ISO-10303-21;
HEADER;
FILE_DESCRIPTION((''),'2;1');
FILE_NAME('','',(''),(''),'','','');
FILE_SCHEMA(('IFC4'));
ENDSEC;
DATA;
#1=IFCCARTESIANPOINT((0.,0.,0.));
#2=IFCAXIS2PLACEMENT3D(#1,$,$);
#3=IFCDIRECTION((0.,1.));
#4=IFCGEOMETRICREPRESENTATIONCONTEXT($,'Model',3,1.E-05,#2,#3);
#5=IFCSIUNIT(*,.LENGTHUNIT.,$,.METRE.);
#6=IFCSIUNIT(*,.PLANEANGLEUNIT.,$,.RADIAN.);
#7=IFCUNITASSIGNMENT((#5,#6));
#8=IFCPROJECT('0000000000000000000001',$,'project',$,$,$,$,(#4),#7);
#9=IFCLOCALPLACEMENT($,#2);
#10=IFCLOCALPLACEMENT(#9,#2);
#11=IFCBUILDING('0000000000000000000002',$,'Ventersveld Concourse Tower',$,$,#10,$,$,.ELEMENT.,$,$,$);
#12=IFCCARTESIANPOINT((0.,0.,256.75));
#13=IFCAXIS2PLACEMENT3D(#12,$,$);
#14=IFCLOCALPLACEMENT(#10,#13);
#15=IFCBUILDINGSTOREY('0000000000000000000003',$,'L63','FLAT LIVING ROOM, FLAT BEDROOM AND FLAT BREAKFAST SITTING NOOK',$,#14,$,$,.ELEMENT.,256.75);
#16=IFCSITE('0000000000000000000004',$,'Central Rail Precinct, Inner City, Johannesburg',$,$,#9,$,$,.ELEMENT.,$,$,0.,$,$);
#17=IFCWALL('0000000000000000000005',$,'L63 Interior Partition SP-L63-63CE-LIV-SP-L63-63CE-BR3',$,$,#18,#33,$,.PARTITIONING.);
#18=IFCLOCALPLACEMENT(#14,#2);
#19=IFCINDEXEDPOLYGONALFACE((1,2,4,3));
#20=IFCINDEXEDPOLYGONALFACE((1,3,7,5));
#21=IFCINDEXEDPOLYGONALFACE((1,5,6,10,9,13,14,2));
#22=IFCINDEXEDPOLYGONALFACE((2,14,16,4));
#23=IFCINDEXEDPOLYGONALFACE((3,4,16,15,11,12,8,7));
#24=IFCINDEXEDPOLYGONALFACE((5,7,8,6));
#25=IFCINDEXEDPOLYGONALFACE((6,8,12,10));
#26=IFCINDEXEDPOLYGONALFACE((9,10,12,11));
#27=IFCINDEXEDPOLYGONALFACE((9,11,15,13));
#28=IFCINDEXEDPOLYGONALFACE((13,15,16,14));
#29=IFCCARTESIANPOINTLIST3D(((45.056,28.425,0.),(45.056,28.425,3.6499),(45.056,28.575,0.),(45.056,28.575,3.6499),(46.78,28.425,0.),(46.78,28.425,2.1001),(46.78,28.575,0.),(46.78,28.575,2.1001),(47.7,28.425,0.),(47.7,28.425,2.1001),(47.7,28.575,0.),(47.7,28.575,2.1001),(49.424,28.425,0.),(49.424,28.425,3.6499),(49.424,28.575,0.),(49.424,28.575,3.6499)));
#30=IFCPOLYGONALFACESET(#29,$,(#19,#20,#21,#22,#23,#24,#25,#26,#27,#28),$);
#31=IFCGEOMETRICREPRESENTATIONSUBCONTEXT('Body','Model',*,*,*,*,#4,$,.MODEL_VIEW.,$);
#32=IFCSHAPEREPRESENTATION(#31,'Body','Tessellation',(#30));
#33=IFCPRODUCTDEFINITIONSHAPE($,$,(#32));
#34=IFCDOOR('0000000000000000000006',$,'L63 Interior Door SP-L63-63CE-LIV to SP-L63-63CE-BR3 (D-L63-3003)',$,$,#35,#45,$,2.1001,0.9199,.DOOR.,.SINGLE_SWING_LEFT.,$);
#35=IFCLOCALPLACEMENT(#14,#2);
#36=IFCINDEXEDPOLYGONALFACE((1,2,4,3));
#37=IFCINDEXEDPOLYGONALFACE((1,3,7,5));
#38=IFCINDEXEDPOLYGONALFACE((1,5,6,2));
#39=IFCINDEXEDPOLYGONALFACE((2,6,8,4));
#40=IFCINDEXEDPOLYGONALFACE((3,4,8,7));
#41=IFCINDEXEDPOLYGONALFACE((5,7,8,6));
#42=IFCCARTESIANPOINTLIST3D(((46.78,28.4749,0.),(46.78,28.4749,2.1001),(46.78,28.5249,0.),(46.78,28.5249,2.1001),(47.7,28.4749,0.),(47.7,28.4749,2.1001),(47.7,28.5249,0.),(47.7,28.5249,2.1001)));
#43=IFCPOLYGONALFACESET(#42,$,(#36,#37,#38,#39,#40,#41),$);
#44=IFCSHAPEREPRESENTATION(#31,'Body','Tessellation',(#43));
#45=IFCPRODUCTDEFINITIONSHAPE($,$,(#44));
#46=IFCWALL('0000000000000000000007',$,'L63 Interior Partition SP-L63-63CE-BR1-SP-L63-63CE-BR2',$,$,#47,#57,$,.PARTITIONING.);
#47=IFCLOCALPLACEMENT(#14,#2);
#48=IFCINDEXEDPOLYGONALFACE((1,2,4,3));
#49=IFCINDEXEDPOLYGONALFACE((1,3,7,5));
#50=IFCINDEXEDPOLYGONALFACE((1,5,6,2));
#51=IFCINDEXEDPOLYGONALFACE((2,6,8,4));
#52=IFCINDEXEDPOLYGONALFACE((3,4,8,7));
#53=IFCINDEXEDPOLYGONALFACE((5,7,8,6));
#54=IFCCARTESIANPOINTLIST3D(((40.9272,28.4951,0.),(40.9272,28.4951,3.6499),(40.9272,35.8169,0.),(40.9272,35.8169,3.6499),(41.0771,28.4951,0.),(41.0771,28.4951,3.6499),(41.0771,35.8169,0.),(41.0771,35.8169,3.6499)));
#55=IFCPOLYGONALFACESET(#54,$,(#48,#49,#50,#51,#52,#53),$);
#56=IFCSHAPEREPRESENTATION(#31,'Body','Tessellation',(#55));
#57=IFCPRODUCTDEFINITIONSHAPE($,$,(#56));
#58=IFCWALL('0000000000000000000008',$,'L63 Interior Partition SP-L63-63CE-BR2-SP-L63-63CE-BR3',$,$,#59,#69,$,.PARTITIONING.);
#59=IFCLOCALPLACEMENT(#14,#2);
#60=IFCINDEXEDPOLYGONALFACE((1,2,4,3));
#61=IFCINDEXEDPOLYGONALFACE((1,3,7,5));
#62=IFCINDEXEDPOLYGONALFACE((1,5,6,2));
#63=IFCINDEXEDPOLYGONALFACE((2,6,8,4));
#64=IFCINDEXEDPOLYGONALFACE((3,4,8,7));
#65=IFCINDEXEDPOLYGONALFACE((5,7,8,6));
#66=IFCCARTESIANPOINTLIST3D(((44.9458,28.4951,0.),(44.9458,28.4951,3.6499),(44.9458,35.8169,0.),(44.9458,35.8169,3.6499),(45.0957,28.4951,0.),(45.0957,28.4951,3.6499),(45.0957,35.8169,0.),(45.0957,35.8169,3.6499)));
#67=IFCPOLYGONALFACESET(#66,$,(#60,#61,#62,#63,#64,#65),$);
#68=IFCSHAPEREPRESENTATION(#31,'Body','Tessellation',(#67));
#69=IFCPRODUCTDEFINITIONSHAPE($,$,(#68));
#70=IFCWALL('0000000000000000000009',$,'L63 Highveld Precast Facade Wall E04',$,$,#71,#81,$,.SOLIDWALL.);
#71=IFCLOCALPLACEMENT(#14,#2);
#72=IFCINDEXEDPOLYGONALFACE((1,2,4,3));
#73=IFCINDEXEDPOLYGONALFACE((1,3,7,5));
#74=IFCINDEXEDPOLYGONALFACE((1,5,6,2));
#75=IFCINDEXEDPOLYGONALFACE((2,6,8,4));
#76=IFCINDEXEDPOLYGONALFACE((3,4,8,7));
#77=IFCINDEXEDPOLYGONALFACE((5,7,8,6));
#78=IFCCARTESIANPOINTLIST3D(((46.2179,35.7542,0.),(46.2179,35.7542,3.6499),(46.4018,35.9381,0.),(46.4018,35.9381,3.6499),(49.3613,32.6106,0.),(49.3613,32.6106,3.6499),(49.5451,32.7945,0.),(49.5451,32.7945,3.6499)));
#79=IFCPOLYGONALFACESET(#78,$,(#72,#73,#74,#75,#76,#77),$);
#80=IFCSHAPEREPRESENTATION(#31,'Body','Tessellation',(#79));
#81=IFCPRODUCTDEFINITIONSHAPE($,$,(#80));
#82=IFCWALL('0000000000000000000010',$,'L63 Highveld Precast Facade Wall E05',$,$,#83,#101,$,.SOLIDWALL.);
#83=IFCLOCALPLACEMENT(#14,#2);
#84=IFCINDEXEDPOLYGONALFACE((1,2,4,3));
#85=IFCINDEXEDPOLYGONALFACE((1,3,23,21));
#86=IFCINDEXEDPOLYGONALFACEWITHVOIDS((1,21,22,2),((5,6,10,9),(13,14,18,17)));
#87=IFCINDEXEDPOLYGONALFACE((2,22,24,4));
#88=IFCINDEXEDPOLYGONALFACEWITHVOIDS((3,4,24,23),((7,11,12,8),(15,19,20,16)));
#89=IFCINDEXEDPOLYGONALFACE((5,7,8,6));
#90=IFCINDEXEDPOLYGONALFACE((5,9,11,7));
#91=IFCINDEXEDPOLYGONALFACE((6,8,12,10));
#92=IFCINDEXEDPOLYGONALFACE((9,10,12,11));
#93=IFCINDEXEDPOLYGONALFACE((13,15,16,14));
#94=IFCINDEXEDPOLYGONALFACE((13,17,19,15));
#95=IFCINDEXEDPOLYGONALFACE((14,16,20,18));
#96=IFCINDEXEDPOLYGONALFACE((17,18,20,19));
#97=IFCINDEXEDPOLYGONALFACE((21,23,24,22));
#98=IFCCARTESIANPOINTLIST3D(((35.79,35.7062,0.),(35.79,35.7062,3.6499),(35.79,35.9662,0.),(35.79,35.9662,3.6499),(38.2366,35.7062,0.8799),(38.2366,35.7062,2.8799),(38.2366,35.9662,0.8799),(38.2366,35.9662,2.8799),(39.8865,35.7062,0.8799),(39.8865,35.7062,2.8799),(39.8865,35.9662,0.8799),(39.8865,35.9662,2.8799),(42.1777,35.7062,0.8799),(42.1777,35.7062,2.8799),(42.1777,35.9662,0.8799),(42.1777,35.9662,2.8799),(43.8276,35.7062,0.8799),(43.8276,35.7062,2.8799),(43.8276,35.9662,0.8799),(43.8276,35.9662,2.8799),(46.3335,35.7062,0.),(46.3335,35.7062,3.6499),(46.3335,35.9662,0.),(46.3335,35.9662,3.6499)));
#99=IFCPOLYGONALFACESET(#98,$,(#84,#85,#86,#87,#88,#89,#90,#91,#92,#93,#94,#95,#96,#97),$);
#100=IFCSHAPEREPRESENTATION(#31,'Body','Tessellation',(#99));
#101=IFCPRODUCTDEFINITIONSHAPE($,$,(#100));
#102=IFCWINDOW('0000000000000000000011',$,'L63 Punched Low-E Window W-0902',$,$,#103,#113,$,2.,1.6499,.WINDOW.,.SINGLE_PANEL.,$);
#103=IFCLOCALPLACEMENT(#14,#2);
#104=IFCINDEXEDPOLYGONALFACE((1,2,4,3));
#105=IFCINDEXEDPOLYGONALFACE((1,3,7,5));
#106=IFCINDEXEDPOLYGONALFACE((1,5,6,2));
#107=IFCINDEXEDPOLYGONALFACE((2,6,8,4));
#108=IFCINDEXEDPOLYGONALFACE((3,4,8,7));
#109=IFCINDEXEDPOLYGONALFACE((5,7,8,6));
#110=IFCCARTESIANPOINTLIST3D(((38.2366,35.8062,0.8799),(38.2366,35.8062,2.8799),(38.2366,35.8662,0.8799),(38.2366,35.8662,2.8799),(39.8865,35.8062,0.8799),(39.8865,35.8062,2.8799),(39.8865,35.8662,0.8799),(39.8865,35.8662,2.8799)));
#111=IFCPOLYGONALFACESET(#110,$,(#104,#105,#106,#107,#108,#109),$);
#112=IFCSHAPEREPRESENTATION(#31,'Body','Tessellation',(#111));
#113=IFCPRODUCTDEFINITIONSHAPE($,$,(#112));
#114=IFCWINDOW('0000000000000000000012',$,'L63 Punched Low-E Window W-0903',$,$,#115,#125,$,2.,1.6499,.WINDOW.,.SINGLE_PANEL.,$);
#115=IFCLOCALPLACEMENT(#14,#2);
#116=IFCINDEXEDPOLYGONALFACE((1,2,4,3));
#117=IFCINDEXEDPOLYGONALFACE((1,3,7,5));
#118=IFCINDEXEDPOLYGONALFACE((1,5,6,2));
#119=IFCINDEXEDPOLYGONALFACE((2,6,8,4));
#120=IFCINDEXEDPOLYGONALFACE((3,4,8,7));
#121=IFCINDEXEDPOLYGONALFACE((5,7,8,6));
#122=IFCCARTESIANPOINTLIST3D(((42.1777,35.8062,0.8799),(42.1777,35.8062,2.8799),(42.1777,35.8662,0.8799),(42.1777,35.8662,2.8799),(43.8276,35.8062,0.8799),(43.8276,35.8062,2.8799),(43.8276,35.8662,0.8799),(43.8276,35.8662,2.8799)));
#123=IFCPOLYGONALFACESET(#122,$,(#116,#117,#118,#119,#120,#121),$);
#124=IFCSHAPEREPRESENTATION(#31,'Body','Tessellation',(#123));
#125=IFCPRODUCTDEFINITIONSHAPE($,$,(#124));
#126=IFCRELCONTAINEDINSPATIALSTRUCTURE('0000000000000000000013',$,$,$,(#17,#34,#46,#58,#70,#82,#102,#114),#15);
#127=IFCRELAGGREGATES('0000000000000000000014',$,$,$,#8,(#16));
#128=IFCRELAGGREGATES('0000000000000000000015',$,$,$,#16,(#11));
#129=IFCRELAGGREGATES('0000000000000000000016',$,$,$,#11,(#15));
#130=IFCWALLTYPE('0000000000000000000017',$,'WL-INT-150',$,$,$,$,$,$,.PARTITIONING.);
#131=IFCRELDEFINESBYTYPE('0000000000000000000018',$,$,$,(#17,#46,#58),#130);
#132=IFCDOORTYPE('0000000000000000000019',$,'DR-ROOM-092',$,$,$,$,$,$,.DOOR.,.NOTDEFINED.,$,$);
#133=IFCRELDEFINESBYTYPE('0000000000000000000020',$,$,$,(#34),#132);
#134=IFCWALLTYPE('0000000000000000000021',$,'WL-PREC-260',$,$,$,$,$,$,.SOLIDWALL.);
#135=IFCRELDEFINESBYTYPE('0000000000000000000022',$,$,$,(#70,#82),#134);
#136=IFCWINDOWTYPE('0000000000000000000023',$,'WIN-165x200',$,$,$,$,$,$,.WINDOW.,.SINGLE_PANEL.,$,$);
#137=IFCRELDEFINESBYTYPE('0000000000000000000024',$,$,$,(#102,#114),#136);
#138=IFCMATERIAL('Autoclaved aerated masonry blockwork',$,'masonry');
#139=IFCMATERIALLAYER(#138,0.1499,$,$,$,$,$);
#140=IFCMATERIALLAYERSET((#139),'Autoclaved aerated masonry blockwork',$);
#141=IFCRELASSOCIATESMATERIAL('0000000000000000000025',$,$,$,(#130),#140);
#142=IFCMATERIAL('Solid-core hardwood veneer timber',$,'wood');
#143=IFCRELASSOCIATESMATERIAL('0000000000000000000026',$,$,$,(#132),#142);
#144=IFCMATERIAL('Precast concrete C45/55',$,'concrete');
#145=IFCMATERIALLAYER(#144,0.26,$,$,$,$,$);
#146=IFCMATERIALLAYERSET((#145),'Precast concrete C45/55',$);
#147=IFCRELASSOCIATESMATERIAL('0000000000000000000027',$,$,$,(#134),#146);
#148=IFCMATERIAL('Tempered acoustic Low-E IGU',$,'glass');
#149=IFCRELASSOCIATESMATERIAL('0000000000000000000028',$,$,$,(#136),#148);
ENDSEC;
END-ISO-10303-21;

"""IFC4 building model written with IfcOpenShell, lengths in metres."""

from ifc_helpers import new_model, si_unit, direction, frame, frame_2d, origin, place, context, subcontext, project, spatial, rectangle, extrude, material, layer, layer_set, type_object, element, fill, save


model = new_model("IFC4")

# Units and contexts
model_context = context("Model", 3, precision=1e-05, world=origin(), true_north=direction((0.0, 1.0)))
body_context = subcontext(model_context, "Body", "Model", "MODEL_VIEW")
ifc_project = project(units=[si_unit("LENGTHUNIT", "METRE"), si_unit("PLANEANGLEUNIT", "RADIAN")], contexts=[model_context])

# Site, building, storey
site_placement = place(None, origin())
site = spatial("IfcSite", under=ifc_project, at=site_placement, Name="Central Rail Precinct, Inner City, Johannesburg", CompositionType="ELEMENT", RefElevation=0.0)
building_placement = place(site_placement, origin())
building = spatial("IfcBuilding", under=site, at=building_placement, Name="Ventersveld Concourse Tower", CompositionType="ELEMENT")
storey_placement = place(building_placement, frame((0.0, 0.0, 256.75)))
storey = spatial("IfcBuildingStorey", under=building, at=storey_placement, Name="L63", Description="FLAT LIVING ROOM, FLAT BEDROOM AND FLAT BREAKFAST SITTING NOOK", CompositionType="ELEMENT", Elevation=256.75)

# Shared definitions
ifc_material_1 = material(Name="Autoclaved aerated masonry blockwork", Category="masonry")
ifc_layer_1 = layer(ifc_material_1, 0.1499)
ifc_layer_set_1 = layer_set([ifc_layer_1], Name="Autoclaved aerated masonry blockwork")
wall_type_1 = type_object("IfcWallType", Name="WL-INT-150", PredefinedType="PARTITIONING", material=ifc_layer_set_1)

# Wall, opening, door
ifc_material_2 = material(Name="Solid-core hardwood veneer timber", Category="wood")
door_type = type_object("IfcDoorType", Name="DR-ROOM-092", OperationType="NOTDEFINED", PredefinedType="DOOR", material=ifc_material_2)
wall_1_placement = place(storey_placement, frame((45.0559, 28.5, 0.0), z_axis=(0.0, 0.0, 1.0), x_axis=(1.0, 0.0, 0.0)))
wall_1 = element("IfcWall", 1, at=wall_1_placement, inside=storey, type_object=wall_type_1, Name="L63 Interior Partition SP-L63-63CE-LIV-SP-L63-63CE-BR3", PredefinedType="PARTITIONING", context=body_context, shape_type="SweptSolid", body=[
    extrude(rectangle(XDim=4.3679, YDim=0.1499, at=frame_2d((2.1841, 0.0))), origin(), (0.0, 0.0, 1.0), 3.6499),
])
opening_1_placement = place(wall_1_placement, frame((1.7241, 0.0, 0.0)))
opening_1 = element("IfcOpeningElement", 2, at=opening_1_placement, cuts=wall_1, PredefinedType="OPENING", context=body_context, shape_type="SweptSolid", body=[
    extrude(rectangle(XDim=0.9199, YDim=2.1001, at=frame_2d((0.46, 1.05))), frame((0.0, 0.085, 0.0), z_axis=(0.0, -1.0, 0.0), x_axis=(1.0, 0.0, 0.0)), (0.0, 0.0, 1.0), 0.1699),
])
door_1_placement = place(opening_1_placement, origin())
door_1 = element("IfcDoor", 3, at=door_1_placement, inside=storey, type_object=door_type, Name="L63 Interior Door SP-L63-63CE-LIV to SP-L63-63CE-BR3 (D-L63-3003)", OperationType="SINGLE_SWING_LEFT", OverallHeight=2.1001, OverallWidth=0.9199, PredefinedType="DOOR", context=body_context, shape_type="SweptSolid", body=[
    extrude(rectangle(XDim=0.9199, YDim=2.1001, at=frame_2d((0.46, 1.05))), frame((0.0, 0.0249, 0.0), z_axis=(0.0, -1.0, 0.0), x_axis=(1.0, 0.0, 0.0)), (0.0, 0.0, 1.0), 0.05),
])
fill(opening_1, door_1)

# Walls
for number, where, z_axis, x_axis, name in (
    (4, (41.0022, 28.4951, 0.0), (0.0, 0.0, 1.0), (0.0, 1.0, 0.0), "L63 Interior Partition SP-L63-63CE-BR1-SP-L63-63CE-BR2"),
    (5, (45.0208, 28.4951, 0.0), (0.0, 0.0, 1.0), (0.0, 1.0, 0.0), "L63 Interior Partition SP-L63-63CE-BR2-SP-L63-63CE-BR3"),
):
    element("IfcWall", number, at=place(storey_placement, frame(where, z_axis=z_axis, x_axis=x_axis)), inside=storey, type_object=wall_type_1, Name=name, PredefinedType="PARTITIONING", context=body_context, shape_type="SweptSolid", body=[
        extrude(rectangle(XDim=7.3218, YDim=0.1499, at=frame_2d((3.6609, 0.0))), origin(), (0.0, 0.0, 1.0), 3.6499),
    ])
ifc_material_3 = material(Name="Precast concrete C45/55", Category="concrete")
ifc_layer_2 = layer(ifc_material_3, 0.26)
ifc_layer_set_2 = layer_set([ifc_layer_2], Name="Precast concrete C45/55")
wall_type_2 = type_object("IfcWallType", Name="WL-PREC-260", PredefinedType="SOLIDWALL", material=ifc_layer_set_2)
wall_2_placement = place(storey_placement, frame((49.4531, 32.7026, 0.0), z_axis=(0.0, 0.0, 1.0), x_axis=(-0.707079, 0.707134, 0.0)))
element("IfcWall", 6, at=wall_2_placement, inside=storey, type_object=wall_type_2, Name="L63 Highveld Precast Facade Wall E04", PredefinedType="SOLIDWALL", context=body_context, shape_type="SweptSolid", body=[
    extrude(rectangle(XDim=4.4456, YDim=0.26, at=frame_2d((2.2227, 0.0))), origin(), (0.0, 0.0, 1.0), 3.6499),
])

# Wall, openings, windows
wall_3_placement = place(storey_placement, frame((46.3335, 35.8362, 0.0), z_axis=(0.0, 0.0, 1.0), x_axis=(-1.0, 0.0, 0.0)))
wall_3 = element("IfcWall", 7, at=wall_3_placement, inside=storey, type_object=wall_type_2, Name="L63 Highveld Precast Facade Wall E05", PredefinedType="SOLIDWALL", context=body_context, shape_type="SweptSolid", body=[
    extrude(rectangle(XDim=10.5435, YDim=0.26, at=frame_2d((5.2717, 0.0))), origin(), (0.0, 0.0, 1.0), 3.6499),
])
opening_2_placement = place(wall_3_placement, frame((6.447, 0.0, 0.8799)))
opening_2 = element("IfcOpeningElement", 8, at=opening_2_placement, cuts=wall_3, PredefinedType="OPENING", context=body_context, shape_type="SweptSolid", body=[
    extrude(rectangle(XDim=1.6499, YDim=2.0, at=frame_2d((0.825, 1.0))), frame((0.0, 0.1401, 0.0), z_axis=(0.0, -1.0, 0.0), x_axis=(1.0, 0.0, 0.0)), (0.0, 0.0, 1.0), 0.28),
])
opening_3_placement = place(wall_3_placement, frame((2.5059, 0.0, 0.8799)))
opening_3 = element("IfcOpeningElement", 9, at=opening_3_placement, cuts=wall_3, PredefinedType="OPENING", context=body_context, shape_type="SweptSolid", body=[
    extrude(rectangle(XDim=1.6499, YDim=2.0, at=frame_2d((0.825, 1.0))), frame((0.0, 0.1401, 0.0), z_axis=(0.0, -1.0, 0.0), x_axis=(1.0, 0.0, 0.0)), (0.0, 0.0, 1.0), 0.28),
])
ifc_material_4 = material(Name="Tempered acoustic Low-E IGU", Category="glass")
window_type = type_object("IfcWindowType", Name="WIN-165x200", PartitioningType="SINGLE_PANEL", PredefinedType="WINDOW", material=ifc_material_4)
window_1_placement = place(opening_2_placement, origin())
window_1 = element("IfcWindow", 10, at=window_1_placement, inside=storey, type_object=window_type, Name="L63 Punched Low-E Window W-0902", OverallHeight=2.0, OverallWidth=1.6499, PartitioningType="SINGLE_PANEL", PredefinedType="WINDOW", context=body_context, shape_type="SweptSolid", body=[
    extrude(rectangle(XDim=1.6499, YDim=2.0, at=frame_2d((0.825, 1.0))), frame((0.0, 0.03, 0.0), z_axis=(0.0, -1.0, 0.0), x_axis=(1.0, 0.0, 0.0)), (0.0, 0.0, 1.0), 0.0601),
])
fill(opening_2, window_1)
window_2_placement = place(opening_3_placement, origin())
window_2 = element("IfcWindow", 11, at=window_2_placement, inside=storey, type_object=window_type, Name="L63 Punched Low-E Window W-0903", OverallHeight=2.0, OverallWidth=1.6499, PartitioningType="SINGLE_PANEL", PredefinedType="WINDOW", context=body_context, shape_type="SweptSolid", body=[
    extrude(rectangle(XDim=1.6499, YDim=2.0, at=frame_2d((0.825, 1.0))), frame((0.0, 0.03, 0.0), z_axis=(0.0, -1.0, 0.0), x_axis=(1.0, 0.0, 0.0)), (0.0, 0.0, 1.0), 0.0601),
])
fill(opening_3, window_2)

save(model, "model.ifc")
